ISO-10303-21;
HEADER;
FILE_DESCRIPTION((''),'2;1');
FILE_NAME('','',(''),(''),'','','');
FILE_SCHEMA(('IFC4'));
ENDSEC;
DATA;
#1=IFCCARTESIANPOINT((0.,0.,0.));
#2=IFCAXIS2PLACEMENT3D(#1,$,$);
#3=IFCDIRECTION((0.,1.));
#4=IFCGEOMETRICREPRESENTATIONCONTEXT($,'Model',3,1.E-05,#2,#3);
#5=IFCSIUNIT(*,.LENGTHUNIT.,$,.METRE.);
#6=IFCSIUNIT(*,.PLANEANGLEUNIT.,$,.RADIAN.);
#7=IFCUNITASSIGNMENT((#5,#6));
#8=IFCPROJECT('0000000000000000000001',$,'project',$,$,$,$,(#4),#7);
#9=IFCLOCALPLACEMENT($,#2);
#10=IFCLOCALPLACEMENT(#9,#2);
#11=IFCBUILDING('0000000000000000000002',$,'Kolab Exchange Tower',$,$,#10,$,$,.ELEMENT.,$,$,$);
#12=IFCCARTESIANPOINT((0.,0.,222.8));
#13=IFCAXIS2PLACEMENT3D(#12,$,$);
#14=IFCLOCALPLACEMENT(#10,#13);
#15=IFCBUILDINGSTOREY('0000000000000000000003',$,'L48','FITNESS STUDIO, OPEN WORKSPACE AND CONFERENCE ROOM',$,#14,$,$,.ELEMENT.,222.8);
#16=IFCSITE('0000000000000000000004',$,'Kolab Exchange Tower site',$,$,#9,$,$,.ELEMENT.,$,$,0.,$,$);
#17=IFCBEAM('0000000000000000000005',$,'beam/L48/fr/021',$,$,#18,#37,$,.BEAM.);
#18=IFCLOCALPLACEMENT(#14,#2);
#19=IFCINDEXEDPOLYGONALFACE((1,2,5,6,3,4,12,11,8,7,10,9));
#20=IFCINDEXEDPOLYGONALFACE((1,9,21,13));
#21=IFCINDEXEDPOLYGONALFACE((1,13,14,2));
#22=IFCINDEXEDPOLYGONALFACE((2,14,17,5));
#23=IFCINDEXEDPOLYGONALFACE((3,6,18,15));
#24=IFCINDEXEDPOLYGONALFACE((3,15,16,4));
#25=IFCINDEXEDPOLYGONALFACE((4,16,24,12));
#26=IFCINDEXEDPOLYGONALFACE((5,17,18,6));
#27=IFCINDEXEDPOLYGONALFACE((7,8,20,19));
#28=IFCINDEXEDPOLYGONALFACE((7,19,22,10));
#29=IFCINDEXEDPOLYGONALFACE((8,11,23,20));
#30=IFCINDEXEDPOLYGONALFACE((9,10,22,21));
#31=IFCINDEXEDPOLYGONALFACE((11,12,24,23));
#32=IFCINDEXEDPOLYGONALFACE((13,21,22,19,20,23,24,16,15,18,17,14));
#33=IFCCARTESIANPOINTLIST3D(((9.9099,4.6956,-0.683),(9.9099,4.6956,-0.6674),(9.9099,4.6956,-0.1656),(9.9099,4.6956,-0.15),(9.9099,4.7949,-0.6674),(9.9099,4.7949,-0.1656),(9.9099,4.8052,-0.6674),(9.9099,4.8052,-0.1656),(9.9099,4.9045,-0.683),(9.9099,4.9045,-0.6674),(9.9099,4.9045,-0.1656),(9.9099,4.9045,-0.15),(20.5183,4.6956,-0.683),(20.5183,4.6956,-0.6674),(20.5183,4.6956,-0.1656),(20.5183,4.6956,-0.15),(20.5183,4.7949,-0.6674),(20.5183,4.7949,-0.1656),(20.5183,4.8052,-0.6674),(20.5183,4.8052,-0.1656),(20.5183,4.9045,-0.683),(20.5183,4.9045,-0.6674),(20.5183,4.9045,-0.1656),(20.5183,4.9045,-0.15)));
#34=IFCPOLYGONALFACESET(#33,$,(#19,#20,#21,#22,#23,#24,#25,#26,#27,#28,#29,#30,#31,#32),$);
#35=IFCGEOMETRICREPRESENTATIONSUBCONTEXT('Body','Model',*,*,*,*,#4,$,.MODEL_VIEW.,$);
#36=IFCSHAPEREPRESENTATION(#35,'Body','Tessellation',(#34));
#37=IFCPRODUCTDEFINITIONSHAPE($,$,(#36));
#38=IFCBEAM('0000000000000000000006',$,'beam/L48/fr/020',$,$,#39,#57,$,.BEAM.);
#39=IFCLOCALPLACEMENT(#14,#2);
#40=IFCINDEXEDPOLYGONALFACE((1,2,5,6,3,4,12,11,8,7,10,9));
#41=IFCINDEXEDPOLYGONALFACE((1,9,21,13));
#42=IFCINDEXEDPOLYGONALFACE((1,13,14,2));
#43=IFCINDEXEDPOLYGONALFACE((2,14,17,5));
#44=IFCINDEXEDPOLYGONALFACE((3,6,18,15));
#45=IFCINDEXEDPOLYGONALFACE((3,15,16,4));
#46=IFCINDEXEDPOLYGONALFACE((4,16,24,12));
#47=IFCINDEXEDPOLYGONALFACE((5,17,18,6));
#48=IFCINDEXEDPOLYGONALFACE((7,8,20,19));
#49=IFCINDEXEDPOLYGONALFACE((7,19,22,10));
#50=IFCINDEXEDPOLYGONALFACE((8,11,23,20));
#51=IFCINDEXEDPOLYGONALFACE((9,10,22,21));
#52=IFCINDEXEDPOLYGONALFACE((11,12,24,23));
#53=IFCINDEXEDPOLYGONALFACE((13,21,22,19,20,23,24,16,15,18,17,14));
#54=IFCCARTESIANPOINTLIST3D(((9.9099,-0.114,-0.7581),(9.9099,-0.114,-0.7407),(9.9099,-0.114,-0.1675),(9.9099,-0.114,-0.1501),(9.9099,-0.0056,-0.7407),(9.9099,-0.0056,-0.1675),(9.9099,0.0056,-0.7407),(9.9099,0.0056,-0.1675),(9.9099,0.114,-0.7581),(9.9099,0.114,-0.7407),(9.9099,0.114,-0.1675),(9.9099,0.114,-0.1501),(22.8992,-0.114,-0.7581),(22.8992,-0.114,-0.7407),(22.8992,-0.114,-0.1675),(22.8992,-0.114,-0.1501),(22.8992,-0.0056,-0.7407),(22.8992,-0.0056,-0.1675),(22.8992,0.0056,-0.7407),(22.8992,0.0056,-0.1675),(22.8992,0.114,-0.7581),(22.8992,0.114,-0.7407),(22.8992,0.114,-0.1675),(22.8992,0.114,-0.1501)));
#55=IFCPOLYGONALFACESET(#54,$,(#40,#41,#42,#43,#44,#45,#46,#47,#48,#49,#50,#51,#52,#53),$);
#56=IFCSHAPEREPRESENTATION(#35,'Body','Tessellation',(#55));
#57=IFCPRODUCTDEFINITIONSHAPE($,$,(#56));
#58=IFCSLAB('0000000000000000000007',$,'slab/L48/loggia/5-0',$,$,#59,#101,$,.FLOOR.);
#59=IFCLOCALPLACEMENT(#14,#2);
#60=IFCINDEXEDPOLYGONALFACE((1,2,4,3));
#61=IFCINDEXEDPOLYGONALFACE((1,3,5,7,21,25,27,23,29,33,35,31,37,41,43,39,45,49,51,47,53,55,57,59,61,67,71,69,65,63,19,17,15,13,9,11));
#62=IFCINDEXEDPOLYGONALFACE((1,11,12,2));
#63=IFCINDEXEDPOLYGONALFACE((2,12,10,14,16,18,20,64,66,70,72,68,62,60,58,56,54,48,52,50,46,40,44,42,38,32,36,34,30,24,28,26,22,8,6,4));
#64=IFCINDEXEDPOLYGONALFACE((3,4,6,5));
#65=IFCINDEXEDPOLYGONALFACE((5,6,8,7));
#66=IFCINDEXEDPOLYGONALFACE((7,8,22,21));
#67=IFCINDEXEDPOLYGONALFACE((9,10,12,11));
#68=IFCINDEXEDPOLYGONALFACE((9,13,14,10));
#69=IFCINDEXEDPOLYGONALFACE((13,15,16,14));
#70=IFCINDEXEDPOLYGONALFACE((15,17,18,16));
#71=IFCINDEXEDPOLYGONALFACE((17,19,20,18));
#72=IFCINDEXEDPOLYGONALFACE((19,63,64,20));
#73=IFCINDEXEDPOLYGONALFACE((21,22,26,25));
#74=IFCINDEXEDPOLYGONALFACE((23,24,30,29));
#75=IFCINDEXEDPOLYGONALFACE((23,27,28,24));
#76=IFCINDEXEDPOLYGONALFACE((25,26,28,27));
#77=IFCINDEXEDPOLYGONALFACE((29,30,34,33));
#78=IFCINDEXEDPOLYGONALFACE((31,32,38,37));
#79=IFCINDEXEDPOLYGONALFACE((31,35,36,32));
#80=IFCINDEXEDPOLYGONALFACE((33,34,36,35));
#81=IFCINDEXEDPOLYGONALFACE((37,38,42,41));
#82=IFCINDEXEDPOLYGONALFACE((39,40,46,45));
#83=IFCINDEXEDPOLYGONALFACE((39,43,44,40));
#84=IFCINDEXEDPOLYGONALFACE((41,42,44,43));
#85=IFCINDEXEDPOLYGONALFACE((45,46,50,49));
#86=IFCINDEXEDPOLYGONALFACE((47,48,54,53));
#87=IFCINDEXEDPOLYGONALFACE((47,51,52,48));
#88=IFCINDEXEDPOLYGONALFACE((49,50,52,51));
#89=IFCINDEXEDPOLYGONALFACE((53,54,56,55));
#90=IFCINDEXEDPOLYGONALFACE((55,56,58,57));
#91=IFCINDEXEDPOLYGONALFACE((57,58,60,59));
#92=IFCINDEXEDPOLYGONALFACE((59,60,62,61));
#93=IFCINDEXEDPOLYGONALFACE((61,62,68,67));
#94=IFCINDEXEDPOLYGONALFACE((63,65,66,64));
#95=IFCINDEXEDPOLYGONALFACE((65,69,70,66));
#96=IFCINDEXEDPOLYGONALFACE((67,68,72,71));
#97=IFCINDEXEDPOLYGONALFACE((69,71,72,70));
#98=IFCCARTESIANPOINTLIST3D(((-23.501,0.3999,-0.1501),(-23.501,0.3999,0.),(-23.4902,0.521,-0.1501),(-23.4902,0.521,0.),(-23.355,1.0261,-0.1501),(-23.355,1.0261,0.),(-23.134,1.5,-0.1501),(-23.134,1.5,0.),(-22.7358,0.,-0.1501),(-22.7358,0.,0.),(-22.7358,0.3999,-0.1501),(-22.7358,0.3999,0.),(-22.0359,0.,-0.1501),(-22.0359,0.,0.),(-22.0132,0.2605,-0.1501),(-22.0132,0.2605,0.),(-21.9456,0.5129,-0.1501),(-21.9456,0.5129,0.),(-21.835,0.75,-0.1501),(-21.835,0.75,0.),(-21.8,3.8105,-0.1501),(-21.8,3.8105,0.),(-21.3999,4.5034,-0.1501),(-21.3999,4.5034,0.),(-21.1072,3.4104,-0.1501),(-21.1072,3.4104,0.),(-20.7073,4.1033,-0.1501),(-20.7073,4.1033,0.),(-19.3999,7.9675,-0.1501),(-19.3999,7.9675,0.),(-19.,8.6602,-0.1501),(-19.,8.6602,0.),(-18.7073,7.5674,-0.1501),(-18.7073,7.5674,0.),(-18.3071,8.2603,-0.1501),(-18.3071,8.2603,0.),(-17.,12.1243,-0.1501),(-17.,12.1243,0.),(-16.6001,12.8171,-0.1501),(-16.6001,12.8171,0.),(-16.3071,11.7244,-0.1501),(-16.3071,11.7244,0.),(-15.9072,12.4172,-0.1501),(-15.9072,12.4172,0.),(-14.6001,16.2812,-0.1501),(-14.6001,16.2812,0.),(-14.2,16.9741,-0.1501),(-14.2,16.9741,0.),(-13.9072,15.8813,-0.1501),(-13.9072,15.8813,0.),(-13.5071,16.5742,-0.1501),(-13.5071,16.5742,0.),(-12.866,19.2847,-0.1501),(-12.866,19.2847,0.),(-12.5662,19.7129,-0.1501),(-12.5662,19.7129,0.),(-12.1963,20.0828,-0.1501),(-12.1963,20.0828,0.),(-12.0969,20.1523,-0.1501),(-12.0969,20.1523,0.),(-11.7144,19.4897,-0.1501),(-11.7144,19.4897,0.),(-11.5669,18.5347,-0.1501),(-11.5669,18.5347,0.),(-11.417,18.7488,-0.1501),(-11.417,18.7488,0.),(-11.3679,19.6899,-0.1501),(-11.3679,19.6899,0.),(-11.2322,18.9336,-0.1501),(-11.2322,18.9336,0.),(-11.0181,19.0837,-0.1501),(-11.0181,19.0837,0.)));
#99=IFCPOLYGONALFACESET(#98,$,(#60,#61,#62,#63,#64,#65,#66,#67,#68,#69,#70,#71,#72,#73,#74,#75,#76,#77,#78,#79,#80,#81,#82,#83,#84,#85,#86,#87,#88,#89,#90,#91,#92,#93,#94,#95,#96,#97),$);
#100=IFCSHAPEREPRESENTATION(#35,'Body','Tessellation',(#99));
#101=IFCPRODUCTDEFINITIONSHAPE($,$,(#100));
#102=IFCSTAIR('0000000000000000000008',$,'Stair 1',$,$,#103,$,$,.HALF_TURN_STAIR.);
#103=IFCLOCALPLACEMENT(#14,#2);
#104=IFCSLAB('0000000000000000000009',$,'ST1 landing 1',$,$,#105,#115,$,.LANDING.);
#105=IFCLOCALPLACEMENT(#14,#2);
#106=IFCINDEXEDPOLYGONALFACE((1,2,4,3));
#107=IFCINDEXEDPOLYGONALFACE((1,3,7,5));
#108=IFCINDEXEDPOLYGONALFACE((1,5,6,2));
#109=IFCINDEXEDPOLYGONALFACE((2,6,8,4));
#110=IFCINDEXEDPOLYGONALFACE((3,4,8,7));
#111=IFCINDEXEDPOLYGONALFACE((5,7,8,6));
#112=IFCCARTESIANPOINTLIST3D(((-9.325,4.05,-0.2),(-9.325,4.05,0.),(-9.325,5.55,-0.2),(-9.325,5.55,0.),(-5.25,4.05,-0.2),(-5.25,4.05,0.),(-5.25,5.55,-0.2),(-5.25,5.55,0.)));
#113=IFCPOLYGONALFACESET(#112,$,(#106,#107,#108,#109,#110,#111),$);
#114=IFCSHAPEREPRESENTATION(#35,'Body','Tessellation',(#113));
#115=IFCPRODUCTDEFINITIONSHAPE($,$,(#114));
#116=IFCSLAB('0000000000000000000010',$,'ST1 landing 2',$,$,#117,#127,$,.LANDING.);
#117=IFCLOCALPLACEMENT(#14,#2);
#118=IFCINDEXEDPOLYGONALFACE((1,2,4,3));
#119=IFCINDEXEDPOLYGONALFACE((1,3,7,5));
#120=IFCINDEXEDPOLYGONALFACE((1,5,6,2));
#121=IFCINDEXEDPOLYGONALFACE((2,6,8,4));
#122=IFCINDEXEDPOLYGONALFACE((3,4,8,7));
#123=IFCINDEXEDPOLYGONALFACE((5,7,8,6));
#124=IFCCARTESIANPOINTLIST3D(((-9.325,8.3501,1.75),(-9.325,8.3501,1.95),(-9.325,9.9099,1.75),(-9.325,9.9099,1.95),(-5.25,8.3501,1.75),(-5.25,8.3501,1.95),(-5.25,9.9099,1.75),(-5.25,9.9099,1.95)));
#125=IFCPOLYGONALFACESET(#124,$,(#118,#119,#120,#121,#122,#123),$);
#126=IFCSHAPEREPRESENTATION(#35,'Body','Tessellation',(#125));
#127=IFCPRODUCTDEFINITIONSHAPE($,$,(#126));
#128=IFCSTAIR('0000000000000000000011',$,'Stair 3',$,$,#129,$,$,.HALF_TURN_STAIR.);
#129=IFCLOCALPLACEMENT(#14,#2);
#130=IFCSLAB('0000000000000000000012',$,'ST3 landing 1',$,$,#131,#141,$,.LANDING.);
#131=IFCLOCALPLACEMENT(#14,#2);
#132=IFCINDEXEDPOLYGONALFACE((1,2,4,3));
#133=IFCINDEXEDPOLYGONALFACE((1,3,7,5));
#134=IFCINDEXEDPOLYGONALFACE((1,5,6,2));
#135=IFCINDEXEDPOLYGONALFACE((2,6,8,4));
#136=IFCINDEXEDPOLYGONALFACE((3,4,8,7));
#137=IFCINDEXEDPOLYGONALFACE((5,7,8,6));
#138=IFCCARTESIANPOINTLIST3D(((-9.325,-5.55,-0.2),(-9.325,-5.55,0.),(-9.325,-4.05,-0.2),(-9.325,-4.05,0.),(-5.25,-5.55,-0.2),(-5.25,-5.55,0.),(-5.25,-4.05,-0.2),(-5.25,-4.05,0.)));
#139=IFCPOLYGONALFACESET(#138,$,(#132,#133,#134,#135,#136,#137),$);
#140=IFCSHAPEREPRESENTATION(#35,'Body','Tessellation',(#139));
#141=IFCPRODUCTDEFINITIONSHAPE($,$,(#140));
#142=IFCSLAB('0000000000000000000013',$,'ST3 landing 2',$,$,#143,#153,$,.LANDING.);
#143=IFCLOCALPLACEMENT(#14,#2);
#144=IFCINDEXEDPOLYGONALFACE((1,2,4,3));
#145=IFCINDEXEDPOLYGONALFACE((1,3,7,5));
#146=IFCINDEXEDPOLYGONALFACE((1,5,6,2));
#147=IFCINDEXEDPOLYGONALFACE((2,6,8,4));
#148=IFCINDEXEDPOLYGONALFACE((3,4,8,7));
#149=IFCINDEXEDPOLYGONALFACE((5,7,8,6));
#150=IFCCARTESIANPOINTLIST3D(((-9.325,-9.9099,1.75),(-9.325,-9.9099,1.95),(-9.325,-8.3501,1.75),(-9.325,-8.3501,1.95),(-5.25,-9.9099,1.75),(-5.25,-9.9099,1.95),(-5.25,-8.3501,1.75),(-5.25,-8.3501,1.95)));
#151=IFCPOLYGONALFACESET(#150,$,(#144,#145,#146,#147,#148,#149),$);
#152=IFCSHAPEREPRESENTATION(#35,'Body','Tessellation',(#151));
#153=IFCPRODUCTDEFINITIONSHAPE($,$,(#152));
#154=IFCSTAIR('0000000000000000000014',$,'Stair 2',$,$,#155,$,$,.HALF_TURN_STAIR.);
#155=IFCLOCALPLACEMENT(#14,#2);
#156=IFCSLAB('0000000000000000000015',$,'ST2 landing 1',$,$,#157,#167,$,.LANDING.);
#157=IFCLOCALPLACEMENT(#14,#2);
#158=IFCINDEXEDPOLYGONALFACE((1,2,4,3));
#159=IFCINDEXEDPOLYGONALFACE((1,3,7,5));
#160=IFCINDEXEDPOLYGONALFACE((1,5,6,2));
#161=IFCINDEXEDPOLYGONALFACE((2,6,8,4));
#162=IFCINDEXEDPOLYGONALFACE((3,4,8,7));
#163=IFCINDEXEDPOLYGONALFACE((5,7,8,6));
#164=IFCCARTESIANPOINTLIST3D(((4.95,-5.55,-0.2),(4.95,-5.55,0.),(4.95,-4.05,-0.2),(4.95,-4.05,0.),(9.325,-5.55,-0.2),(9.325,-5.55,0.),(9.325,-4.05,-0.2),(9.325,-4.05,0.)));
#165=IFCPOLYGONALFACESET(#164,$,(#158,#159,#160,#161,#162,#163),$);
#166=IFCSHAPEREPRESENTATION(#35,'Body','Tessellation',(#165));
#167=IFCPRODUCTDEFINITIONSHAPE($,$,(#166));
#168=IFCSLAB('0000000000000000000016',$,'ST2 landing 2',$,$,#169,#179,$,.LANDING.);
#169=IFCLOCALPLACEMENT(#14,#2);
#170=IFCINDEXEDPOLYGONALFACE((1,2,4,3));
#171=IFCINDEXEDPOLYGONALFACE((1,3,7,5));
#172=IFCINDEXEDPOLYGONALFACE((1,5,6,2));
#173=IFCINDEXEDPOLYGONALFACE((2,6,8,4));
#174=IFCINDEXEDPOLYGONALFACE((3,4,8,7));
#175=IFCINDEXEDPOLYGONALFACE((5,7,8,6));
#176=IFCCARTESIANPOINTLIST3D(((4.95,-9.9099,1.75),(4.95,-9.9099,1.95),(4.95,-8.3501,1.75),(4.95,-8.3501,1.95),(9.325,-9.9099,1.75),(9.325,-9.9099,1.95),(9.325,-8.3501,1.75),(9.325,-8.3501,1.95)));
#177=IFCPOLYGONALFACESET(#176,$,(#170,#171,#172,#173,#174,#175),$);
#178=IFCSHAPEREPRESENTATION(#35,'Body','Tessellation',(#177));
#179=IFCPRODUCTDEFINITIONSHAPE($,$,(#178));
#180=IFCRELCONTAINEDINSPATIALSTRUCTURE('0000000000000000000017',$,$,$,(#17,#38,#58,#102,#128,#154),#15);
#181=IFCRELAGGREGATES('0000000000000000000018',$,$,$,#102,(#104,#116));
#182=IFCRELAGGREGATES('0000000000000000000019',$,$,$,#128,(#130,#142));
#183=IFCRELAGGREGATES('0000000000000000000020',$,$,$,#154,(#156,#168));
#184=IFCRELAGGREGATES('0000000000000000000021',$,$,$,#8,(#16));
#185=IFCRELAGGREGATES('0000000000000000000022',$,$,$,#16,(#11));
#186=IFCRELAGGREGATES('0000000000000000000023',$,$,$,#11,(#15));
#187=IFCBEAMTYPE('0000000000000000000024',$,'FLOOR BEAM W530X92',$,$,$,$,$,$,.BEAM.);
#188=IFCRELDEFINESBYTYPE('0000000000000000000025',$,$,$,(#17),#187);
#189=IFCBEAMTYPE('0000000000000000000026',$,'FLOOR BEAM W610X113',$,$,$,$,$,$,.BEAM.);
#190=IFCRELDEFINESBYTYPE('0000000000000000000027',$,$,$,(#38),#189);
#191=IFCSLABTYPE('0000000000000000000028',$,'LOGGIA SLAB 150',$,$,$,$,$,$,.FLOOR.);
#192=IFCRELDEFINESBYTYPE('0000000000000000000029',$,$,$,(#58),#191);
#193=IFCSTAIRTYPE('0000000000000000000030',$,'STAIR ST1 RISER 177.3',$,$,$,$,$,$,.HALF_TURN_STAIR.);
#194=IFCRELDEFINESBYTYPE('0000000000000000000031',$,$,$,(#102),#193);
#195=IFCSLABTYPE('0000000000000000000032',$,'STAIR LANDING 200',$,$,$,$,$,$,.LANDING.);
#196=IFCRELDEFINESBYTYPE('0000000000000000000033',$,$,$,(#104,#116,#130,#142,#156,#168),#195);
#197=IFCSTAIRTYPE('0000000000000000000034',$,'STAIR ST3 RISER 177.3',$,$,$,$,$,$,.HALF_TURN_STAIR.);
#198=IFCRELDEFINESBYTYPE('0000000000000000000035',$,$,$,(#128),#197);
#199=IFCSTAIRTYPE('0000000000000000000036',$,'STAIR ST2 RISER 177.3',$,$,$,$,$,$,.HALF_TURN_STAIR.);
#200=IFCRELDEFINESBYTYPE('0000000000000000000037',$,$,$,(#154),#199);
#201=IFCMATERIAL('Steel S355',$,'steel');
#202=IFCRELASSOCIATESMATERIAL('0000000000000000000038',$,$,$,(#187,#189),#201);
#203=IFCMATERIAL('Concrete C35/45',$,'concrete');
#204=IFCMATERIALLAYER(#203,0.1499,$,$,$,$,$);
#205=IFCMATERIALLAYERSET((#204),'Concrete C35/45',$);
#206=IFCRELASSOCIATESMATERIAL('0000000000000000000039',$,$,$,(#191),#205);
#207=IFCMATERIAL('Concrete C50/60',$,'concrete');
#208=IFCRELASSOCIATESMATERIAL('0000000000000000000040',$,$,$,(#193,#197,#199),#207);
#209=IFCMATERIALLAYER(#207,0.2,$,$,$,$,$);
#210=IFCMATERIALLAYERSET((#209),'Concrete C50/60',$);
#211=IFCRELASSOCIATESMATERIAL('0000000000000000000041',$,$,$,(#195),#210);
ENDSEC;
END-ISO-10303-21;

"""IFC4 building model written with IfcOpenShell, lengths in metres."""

from ifc_helpers import new_model, si_unit, direction, frame, origin, origin_2d, place, context, subcontext, project, spatial, polyline, i_section, outline, extrude, material, layer, layer_set, material_profile, profile_set, type_object, element, aggregate, save


model = new_model("IFC4")

# Units and contexts
model_context = context("Model", 3, precision=1e-05, world=origin(), true_north=direction((0.0, 1.0)))
body_context = subcontext(model_context, "Body", "Model", "MODEL_VIEW")
ifc_project = project(units=[si_unit("LENGTHUNIT", "METRE"), si_unit("PLANEANGLEUNIT", "RADIAN")], contexts=[model_context])

# Site, building, storey
site_placement = place(None, origin())
site = spatial("IfcSite", under=ifc_project, at=site_placement, Name="Kolab Exchange Tower site", CompositionType="ELEMENT", RefElevation=0.0)
building_placement = place(site_placement, origin())
building = spatial("IfcBuilding", under=site, at=building_placement, Name="Kolab Exchange Tower", CompositionType="ELEMENT")
storey_placement = place(building_placement, frame((0.0, 0.0, 222.8)))
storey = spatial("IfcBuildingStorey", under=building, at=storey_placement, Name="L48", Description="FITNESS STUDIO, OPEN WORKSPACE AND CONFERENCE ROOM", CompositionType="ELEMENT", Elevation=222.8)

# Beams
ifc_material_1 = material(Name="Steel S355", Category="steel")
ifc_material_profile_1 = material_profile(ifc_material_1, i_section(OverallWidth=0.209, OverallDepth=0.533, WebThickness=0.0103, FlangeThickness=0.0156, at=origin_2d()), Name="W530X92")
ifc_profile_set_1 = profile_set([ifc_material_profile_1], Name="Steel S355")
beam_type_1 = type_object("IfcBeamType", Name="FLOOR BEAM W530X92", PredefinedType="BEAM", material=ifc_profile_set_1)
beam_1_placement = place(storey_placement, frame((9.9099, 4.8, -0.4165), z_axis=(1.0, 0.0, 0.0), x_axis=(0.0, 1.0, 0.0)))
element("IfcBeam", 1, at=beam_1_placement, inside=storey, type_object=beam_type_1, Name="beam/L48/fr/021", PredefinedType="BEAM", context=body_context, shape_type="SweptSolid", body=[
    extrude(i_section(OverallWidth=0.209, OverallDepth=0.533, WebThickness=0.0103, FlangeThickness=0.0156, at=origin_2d()), origin(), (0.0, 0.0, 1.0), 10.6084),
])
ifc_material_profile_2 = material_profile(ifc_material_1, i_section(OverallWidth=0.228, OverallDepth=0.6079, WebThickness=0.0112, FlangeThickness=0.0173, at=origin_2d()), Name="W610X113")
ifc_profile_set_2 = profile_set([ifc_material_profile_2], Name="Steel S355")
beam_type_2 = type_object("IfcBeamType", Name="FLOOR BEAM W610X113", PredefinedType="BEAM", material=ifc_profile_set_2)
beam_2_placement = place(storey_placement, frame((9.9099, 0.0, -0.4541), z_axis=(1.0, 0.0, 0.0), x_axis=(0.0, 1.0, 0.0)))
element("IfcBeam", 2, at=beam_2_placement, inside=storey, type_object=beam_type_2, Name="beam/L48/fr/020", PredefinedType="BEAM", context=body_context, shape_type="SweptSolid", body=[
    extrude(i_section(OverallWidth=0.228, OverallDepth=0.6079, WebThickness=0.0112, FlangeThickness=0.0173, at=origin_2d()), origin(), (0.0, 0.0, 1.0), 12.9893),
])

# Slab
ifc_material_2 = material(Name="Concrete C35/45", Category="concrete")
ifc_layer_1 = layer(ifc_material_2, 0.1499)
ifc_layer_set_1 = layer_set([ifc_layer_1], Name="Concrete C35/45")
slab_type_1 = type_object("IfcSlabType", Name="LOGGIA SLAB 150", PredefinedType="FLOOR", material=ifc_layer_set_1)
slab_1_placement = place(storey_placement, frame((0.0, 0.0, -0.1501)))
element("IfcSlab", 3, at=slab_1_placement, inside=storey, type_object=slab_type_1, Name="slab/L48/loggia/5-0", PredefinedType="FLOOR", context=body_context, shape_type="SweptSolid", body=[
    extrude(outline(polyline([(-11.0181, 19.0837), (-11.3679, 19.6899), (-11.7144, 19.4897), (-12.0969, 20.1523), (-12.1963, 20.0828), (-12.5662, 19.7129), (-12.866, 19.2847), (-14.2, 16.9741), (-13.5071, 16.5742), (-13.9072, 15.8813), (-14.6001, 16.2812), (-16.6001, 12.8171), (-15.9072, 12.4172), (-16.3071, 11.7244), (-17.0, 12.1243), (-19.0, 8.6602), (-18.3071, 8.2603), (-18.7073, 7.5674), (-19.3999, 7.9675), (-21.3999, 4.5034), (-20.7073, 4.1033), (-21.1072, 3.4104), (-21.8, 3.8105), (-23.134, 1.5), (-23.355, 1.0261), (-23.4902, 0.521), (-23.501, 0.3999), (-22.7358, 0.3999), (-22.7358, 0.0), (-22.0359, 0.0), (-22.0132, 0.2605), (-21.9456, 0.5129), (-21.835, 0.75), (-11.5669, 18.5347), (-11.417, 18.7488), (-11.2322, 18.9336), (-11.0181, 19.0837)])), origin(), (0.0, 0.0, 1.0), 0.1501),
])

# Stairs, slabs
ifc_material_3 = material(Name="Concrete C50/60", Category="concrete")
stair_type_1 = type_object("IfcStairType", Name="STAIR ST1 RISER 177.3", PredefinedType="HALF_TURN_STAIR", material=ifc_material_3)
stair_1_placement = place(storey_placement, origin())
stair_1 = element("IfcStair", 4, at=stair_1_placement, inside=storey, type_object=stair_type_1, Name="Stair 1", PredefinedType="HALF_TURN_STAIR")
ifc_layer_2 = layer(ifc_material_3, 0.2)
ifc_layer_set_2 = layer_set([ifc_layer_2], Name="Concrete C50/60")
slab_type_2 = type_object("IfcSlabType", Name="STAIR LANDING 200", PredefinedType="LANDING", material=ifc_layer_set_2)
slab_2_placement = place(storey_placement, frame((0.0, 0.0, -0.2)))
slab_2 = element("IfcSlab", 5, at=slab_2_placement, type_object=slab_type_2, Name="ST1 landing 1", PredefinedType="LANDING", context=body_context, shape_type="SweptSolid", body=[
    extrude(outline(polyline([(-9.325, 4.05), (-5.25, 4.05), (-5.25, 5.55), (-9.325, 5.55), (-9.325, 4.05)])), origin(), (0.0, 0.0, 1.0), 0.2),
])
slab_3_placement = place(storey_placement, frame((0.0, 0.0, 1.75)))
slab_3 = element("IfcSlab", 6, at=slab_3_placement, type_object=slab_type_2, Name="ST1 landing 2", PredefinedType="LANDING", context=body_context, shape_type="SweptSolid", body=[
    extrude(outline(polyline([(-9.325, 8.3501), (-5.25, 8.3501), (-5.25, 9.9099), (-9.325, 9.9099), (-9.325, 8.3501)])), origin(), (0.0, 0.0, 1.0), 0.2),
])
aggregate(stair_1, [slab_2, slab_3])
stair_type_2 = type_object("IfcStairType", Name="STAIR ST3 RISER 177.3", PredefinedType="HALF_TURN_STAIR", material=ifc_material_3)
stair_2_placement = place(storey_placement, origin())
stair_2 = element("IfcStair", 7, at=stair_2_placement, inside=storey, type_object=stair_type_2, Name="Stair 3", PredefinedType="HALF_TURN_STAIR")
slab_4_placement = place(storey_placement, frame((0.0, 0.0, -0.2)))
slab_4 = element("IfcSlab", 8, at=slab_4_placement, type_object=slab_type_2, Name="ST3 landing 1", PredefinedType="LANDING", context=body_context, shape_type="SweptSolid", body=[
    extrude(outline(polyline([(-9.325, -5.55), (-5.25, -5.55), (-5.25, -4.05), (-9.325, -4.05), (-9.325, -5.55)])), origin(), (0.0, 0.0, 1.0), 0.2),
])
slab_5_placement = place(storey_placement, frame((0.0, 0.0, 1.75)))
slab_5 = element("IfcSlab", 9, at=slab_5_placement, type_object=slab_type_2, Name="ST3 landing 2", PredefinedType="LANDING", context=body_context, shape_type="SweptSolid", body=[
    extrude(outline(polyline([(-9.325, -9.9099), (-5.25, -9.9099), (-5.25, -8.3501), (-9.325, -8.3501), (-9.325, -9.9099)])), origin(), (0.0, 0.0, 1.0), 0.2),
])
aggregate(stair_2, [slab_4, slab_5])
stair_type_3 = type_object("IfcStairType", Name="STAIR ST2 RISER 177.3", PredefinedType="HALF_TURN_STAIR", material=ifc_material_3)
stair_3_placement = place(storey_placement, origin())
stair_3 = element("IfcStair", 10, at=stair_3_placement, inside=storey, type_object=stair_type_3, Name="Stair 2", PredefinedType="HALF_TURN_STAIR")
slab_6_placement = place(storey_placement, frame((0.0, 0.0, -0.2)))
slab_6 = element("IfcSlab", 11, at=slab_6_placement, type_object=slab_type_2, Name="ST2 landing 1", PredefinedType="LANDING", context=body_context, shape_type="SweptSolid", body=[
    extrude(outline(polyline([(4.95, -5.55), (9.325, -5.55), (9.325, -4.05), (4.95, -4.05), (4.95, -5.55)])), origin(), (0.0, 0.0, 1.0), 0.2),
])
slab_7_placement = place(storey_placement, frame((0.0, 0.0, 1.75)))
slab_7 = element("IfcSlab", 12, at=slab_7_placement, type_object=slab_type_2, Name="ST2 landing 2", PredefinedType="LANDING", context=body_context, shape_type="SweptSolid", body=[
    extrude(outline(polyline([(4.95, -9.9099), (9.325, -9.9099), (9.325, -8.3501), (4.95, -8.3501), (4.95, -9.9099)])), origin(), (0.0, 0.0, 1.0), 0.2),
])
aggregate(stair_3, [slab_6, slab_7])

save(model, "model.ifc")
